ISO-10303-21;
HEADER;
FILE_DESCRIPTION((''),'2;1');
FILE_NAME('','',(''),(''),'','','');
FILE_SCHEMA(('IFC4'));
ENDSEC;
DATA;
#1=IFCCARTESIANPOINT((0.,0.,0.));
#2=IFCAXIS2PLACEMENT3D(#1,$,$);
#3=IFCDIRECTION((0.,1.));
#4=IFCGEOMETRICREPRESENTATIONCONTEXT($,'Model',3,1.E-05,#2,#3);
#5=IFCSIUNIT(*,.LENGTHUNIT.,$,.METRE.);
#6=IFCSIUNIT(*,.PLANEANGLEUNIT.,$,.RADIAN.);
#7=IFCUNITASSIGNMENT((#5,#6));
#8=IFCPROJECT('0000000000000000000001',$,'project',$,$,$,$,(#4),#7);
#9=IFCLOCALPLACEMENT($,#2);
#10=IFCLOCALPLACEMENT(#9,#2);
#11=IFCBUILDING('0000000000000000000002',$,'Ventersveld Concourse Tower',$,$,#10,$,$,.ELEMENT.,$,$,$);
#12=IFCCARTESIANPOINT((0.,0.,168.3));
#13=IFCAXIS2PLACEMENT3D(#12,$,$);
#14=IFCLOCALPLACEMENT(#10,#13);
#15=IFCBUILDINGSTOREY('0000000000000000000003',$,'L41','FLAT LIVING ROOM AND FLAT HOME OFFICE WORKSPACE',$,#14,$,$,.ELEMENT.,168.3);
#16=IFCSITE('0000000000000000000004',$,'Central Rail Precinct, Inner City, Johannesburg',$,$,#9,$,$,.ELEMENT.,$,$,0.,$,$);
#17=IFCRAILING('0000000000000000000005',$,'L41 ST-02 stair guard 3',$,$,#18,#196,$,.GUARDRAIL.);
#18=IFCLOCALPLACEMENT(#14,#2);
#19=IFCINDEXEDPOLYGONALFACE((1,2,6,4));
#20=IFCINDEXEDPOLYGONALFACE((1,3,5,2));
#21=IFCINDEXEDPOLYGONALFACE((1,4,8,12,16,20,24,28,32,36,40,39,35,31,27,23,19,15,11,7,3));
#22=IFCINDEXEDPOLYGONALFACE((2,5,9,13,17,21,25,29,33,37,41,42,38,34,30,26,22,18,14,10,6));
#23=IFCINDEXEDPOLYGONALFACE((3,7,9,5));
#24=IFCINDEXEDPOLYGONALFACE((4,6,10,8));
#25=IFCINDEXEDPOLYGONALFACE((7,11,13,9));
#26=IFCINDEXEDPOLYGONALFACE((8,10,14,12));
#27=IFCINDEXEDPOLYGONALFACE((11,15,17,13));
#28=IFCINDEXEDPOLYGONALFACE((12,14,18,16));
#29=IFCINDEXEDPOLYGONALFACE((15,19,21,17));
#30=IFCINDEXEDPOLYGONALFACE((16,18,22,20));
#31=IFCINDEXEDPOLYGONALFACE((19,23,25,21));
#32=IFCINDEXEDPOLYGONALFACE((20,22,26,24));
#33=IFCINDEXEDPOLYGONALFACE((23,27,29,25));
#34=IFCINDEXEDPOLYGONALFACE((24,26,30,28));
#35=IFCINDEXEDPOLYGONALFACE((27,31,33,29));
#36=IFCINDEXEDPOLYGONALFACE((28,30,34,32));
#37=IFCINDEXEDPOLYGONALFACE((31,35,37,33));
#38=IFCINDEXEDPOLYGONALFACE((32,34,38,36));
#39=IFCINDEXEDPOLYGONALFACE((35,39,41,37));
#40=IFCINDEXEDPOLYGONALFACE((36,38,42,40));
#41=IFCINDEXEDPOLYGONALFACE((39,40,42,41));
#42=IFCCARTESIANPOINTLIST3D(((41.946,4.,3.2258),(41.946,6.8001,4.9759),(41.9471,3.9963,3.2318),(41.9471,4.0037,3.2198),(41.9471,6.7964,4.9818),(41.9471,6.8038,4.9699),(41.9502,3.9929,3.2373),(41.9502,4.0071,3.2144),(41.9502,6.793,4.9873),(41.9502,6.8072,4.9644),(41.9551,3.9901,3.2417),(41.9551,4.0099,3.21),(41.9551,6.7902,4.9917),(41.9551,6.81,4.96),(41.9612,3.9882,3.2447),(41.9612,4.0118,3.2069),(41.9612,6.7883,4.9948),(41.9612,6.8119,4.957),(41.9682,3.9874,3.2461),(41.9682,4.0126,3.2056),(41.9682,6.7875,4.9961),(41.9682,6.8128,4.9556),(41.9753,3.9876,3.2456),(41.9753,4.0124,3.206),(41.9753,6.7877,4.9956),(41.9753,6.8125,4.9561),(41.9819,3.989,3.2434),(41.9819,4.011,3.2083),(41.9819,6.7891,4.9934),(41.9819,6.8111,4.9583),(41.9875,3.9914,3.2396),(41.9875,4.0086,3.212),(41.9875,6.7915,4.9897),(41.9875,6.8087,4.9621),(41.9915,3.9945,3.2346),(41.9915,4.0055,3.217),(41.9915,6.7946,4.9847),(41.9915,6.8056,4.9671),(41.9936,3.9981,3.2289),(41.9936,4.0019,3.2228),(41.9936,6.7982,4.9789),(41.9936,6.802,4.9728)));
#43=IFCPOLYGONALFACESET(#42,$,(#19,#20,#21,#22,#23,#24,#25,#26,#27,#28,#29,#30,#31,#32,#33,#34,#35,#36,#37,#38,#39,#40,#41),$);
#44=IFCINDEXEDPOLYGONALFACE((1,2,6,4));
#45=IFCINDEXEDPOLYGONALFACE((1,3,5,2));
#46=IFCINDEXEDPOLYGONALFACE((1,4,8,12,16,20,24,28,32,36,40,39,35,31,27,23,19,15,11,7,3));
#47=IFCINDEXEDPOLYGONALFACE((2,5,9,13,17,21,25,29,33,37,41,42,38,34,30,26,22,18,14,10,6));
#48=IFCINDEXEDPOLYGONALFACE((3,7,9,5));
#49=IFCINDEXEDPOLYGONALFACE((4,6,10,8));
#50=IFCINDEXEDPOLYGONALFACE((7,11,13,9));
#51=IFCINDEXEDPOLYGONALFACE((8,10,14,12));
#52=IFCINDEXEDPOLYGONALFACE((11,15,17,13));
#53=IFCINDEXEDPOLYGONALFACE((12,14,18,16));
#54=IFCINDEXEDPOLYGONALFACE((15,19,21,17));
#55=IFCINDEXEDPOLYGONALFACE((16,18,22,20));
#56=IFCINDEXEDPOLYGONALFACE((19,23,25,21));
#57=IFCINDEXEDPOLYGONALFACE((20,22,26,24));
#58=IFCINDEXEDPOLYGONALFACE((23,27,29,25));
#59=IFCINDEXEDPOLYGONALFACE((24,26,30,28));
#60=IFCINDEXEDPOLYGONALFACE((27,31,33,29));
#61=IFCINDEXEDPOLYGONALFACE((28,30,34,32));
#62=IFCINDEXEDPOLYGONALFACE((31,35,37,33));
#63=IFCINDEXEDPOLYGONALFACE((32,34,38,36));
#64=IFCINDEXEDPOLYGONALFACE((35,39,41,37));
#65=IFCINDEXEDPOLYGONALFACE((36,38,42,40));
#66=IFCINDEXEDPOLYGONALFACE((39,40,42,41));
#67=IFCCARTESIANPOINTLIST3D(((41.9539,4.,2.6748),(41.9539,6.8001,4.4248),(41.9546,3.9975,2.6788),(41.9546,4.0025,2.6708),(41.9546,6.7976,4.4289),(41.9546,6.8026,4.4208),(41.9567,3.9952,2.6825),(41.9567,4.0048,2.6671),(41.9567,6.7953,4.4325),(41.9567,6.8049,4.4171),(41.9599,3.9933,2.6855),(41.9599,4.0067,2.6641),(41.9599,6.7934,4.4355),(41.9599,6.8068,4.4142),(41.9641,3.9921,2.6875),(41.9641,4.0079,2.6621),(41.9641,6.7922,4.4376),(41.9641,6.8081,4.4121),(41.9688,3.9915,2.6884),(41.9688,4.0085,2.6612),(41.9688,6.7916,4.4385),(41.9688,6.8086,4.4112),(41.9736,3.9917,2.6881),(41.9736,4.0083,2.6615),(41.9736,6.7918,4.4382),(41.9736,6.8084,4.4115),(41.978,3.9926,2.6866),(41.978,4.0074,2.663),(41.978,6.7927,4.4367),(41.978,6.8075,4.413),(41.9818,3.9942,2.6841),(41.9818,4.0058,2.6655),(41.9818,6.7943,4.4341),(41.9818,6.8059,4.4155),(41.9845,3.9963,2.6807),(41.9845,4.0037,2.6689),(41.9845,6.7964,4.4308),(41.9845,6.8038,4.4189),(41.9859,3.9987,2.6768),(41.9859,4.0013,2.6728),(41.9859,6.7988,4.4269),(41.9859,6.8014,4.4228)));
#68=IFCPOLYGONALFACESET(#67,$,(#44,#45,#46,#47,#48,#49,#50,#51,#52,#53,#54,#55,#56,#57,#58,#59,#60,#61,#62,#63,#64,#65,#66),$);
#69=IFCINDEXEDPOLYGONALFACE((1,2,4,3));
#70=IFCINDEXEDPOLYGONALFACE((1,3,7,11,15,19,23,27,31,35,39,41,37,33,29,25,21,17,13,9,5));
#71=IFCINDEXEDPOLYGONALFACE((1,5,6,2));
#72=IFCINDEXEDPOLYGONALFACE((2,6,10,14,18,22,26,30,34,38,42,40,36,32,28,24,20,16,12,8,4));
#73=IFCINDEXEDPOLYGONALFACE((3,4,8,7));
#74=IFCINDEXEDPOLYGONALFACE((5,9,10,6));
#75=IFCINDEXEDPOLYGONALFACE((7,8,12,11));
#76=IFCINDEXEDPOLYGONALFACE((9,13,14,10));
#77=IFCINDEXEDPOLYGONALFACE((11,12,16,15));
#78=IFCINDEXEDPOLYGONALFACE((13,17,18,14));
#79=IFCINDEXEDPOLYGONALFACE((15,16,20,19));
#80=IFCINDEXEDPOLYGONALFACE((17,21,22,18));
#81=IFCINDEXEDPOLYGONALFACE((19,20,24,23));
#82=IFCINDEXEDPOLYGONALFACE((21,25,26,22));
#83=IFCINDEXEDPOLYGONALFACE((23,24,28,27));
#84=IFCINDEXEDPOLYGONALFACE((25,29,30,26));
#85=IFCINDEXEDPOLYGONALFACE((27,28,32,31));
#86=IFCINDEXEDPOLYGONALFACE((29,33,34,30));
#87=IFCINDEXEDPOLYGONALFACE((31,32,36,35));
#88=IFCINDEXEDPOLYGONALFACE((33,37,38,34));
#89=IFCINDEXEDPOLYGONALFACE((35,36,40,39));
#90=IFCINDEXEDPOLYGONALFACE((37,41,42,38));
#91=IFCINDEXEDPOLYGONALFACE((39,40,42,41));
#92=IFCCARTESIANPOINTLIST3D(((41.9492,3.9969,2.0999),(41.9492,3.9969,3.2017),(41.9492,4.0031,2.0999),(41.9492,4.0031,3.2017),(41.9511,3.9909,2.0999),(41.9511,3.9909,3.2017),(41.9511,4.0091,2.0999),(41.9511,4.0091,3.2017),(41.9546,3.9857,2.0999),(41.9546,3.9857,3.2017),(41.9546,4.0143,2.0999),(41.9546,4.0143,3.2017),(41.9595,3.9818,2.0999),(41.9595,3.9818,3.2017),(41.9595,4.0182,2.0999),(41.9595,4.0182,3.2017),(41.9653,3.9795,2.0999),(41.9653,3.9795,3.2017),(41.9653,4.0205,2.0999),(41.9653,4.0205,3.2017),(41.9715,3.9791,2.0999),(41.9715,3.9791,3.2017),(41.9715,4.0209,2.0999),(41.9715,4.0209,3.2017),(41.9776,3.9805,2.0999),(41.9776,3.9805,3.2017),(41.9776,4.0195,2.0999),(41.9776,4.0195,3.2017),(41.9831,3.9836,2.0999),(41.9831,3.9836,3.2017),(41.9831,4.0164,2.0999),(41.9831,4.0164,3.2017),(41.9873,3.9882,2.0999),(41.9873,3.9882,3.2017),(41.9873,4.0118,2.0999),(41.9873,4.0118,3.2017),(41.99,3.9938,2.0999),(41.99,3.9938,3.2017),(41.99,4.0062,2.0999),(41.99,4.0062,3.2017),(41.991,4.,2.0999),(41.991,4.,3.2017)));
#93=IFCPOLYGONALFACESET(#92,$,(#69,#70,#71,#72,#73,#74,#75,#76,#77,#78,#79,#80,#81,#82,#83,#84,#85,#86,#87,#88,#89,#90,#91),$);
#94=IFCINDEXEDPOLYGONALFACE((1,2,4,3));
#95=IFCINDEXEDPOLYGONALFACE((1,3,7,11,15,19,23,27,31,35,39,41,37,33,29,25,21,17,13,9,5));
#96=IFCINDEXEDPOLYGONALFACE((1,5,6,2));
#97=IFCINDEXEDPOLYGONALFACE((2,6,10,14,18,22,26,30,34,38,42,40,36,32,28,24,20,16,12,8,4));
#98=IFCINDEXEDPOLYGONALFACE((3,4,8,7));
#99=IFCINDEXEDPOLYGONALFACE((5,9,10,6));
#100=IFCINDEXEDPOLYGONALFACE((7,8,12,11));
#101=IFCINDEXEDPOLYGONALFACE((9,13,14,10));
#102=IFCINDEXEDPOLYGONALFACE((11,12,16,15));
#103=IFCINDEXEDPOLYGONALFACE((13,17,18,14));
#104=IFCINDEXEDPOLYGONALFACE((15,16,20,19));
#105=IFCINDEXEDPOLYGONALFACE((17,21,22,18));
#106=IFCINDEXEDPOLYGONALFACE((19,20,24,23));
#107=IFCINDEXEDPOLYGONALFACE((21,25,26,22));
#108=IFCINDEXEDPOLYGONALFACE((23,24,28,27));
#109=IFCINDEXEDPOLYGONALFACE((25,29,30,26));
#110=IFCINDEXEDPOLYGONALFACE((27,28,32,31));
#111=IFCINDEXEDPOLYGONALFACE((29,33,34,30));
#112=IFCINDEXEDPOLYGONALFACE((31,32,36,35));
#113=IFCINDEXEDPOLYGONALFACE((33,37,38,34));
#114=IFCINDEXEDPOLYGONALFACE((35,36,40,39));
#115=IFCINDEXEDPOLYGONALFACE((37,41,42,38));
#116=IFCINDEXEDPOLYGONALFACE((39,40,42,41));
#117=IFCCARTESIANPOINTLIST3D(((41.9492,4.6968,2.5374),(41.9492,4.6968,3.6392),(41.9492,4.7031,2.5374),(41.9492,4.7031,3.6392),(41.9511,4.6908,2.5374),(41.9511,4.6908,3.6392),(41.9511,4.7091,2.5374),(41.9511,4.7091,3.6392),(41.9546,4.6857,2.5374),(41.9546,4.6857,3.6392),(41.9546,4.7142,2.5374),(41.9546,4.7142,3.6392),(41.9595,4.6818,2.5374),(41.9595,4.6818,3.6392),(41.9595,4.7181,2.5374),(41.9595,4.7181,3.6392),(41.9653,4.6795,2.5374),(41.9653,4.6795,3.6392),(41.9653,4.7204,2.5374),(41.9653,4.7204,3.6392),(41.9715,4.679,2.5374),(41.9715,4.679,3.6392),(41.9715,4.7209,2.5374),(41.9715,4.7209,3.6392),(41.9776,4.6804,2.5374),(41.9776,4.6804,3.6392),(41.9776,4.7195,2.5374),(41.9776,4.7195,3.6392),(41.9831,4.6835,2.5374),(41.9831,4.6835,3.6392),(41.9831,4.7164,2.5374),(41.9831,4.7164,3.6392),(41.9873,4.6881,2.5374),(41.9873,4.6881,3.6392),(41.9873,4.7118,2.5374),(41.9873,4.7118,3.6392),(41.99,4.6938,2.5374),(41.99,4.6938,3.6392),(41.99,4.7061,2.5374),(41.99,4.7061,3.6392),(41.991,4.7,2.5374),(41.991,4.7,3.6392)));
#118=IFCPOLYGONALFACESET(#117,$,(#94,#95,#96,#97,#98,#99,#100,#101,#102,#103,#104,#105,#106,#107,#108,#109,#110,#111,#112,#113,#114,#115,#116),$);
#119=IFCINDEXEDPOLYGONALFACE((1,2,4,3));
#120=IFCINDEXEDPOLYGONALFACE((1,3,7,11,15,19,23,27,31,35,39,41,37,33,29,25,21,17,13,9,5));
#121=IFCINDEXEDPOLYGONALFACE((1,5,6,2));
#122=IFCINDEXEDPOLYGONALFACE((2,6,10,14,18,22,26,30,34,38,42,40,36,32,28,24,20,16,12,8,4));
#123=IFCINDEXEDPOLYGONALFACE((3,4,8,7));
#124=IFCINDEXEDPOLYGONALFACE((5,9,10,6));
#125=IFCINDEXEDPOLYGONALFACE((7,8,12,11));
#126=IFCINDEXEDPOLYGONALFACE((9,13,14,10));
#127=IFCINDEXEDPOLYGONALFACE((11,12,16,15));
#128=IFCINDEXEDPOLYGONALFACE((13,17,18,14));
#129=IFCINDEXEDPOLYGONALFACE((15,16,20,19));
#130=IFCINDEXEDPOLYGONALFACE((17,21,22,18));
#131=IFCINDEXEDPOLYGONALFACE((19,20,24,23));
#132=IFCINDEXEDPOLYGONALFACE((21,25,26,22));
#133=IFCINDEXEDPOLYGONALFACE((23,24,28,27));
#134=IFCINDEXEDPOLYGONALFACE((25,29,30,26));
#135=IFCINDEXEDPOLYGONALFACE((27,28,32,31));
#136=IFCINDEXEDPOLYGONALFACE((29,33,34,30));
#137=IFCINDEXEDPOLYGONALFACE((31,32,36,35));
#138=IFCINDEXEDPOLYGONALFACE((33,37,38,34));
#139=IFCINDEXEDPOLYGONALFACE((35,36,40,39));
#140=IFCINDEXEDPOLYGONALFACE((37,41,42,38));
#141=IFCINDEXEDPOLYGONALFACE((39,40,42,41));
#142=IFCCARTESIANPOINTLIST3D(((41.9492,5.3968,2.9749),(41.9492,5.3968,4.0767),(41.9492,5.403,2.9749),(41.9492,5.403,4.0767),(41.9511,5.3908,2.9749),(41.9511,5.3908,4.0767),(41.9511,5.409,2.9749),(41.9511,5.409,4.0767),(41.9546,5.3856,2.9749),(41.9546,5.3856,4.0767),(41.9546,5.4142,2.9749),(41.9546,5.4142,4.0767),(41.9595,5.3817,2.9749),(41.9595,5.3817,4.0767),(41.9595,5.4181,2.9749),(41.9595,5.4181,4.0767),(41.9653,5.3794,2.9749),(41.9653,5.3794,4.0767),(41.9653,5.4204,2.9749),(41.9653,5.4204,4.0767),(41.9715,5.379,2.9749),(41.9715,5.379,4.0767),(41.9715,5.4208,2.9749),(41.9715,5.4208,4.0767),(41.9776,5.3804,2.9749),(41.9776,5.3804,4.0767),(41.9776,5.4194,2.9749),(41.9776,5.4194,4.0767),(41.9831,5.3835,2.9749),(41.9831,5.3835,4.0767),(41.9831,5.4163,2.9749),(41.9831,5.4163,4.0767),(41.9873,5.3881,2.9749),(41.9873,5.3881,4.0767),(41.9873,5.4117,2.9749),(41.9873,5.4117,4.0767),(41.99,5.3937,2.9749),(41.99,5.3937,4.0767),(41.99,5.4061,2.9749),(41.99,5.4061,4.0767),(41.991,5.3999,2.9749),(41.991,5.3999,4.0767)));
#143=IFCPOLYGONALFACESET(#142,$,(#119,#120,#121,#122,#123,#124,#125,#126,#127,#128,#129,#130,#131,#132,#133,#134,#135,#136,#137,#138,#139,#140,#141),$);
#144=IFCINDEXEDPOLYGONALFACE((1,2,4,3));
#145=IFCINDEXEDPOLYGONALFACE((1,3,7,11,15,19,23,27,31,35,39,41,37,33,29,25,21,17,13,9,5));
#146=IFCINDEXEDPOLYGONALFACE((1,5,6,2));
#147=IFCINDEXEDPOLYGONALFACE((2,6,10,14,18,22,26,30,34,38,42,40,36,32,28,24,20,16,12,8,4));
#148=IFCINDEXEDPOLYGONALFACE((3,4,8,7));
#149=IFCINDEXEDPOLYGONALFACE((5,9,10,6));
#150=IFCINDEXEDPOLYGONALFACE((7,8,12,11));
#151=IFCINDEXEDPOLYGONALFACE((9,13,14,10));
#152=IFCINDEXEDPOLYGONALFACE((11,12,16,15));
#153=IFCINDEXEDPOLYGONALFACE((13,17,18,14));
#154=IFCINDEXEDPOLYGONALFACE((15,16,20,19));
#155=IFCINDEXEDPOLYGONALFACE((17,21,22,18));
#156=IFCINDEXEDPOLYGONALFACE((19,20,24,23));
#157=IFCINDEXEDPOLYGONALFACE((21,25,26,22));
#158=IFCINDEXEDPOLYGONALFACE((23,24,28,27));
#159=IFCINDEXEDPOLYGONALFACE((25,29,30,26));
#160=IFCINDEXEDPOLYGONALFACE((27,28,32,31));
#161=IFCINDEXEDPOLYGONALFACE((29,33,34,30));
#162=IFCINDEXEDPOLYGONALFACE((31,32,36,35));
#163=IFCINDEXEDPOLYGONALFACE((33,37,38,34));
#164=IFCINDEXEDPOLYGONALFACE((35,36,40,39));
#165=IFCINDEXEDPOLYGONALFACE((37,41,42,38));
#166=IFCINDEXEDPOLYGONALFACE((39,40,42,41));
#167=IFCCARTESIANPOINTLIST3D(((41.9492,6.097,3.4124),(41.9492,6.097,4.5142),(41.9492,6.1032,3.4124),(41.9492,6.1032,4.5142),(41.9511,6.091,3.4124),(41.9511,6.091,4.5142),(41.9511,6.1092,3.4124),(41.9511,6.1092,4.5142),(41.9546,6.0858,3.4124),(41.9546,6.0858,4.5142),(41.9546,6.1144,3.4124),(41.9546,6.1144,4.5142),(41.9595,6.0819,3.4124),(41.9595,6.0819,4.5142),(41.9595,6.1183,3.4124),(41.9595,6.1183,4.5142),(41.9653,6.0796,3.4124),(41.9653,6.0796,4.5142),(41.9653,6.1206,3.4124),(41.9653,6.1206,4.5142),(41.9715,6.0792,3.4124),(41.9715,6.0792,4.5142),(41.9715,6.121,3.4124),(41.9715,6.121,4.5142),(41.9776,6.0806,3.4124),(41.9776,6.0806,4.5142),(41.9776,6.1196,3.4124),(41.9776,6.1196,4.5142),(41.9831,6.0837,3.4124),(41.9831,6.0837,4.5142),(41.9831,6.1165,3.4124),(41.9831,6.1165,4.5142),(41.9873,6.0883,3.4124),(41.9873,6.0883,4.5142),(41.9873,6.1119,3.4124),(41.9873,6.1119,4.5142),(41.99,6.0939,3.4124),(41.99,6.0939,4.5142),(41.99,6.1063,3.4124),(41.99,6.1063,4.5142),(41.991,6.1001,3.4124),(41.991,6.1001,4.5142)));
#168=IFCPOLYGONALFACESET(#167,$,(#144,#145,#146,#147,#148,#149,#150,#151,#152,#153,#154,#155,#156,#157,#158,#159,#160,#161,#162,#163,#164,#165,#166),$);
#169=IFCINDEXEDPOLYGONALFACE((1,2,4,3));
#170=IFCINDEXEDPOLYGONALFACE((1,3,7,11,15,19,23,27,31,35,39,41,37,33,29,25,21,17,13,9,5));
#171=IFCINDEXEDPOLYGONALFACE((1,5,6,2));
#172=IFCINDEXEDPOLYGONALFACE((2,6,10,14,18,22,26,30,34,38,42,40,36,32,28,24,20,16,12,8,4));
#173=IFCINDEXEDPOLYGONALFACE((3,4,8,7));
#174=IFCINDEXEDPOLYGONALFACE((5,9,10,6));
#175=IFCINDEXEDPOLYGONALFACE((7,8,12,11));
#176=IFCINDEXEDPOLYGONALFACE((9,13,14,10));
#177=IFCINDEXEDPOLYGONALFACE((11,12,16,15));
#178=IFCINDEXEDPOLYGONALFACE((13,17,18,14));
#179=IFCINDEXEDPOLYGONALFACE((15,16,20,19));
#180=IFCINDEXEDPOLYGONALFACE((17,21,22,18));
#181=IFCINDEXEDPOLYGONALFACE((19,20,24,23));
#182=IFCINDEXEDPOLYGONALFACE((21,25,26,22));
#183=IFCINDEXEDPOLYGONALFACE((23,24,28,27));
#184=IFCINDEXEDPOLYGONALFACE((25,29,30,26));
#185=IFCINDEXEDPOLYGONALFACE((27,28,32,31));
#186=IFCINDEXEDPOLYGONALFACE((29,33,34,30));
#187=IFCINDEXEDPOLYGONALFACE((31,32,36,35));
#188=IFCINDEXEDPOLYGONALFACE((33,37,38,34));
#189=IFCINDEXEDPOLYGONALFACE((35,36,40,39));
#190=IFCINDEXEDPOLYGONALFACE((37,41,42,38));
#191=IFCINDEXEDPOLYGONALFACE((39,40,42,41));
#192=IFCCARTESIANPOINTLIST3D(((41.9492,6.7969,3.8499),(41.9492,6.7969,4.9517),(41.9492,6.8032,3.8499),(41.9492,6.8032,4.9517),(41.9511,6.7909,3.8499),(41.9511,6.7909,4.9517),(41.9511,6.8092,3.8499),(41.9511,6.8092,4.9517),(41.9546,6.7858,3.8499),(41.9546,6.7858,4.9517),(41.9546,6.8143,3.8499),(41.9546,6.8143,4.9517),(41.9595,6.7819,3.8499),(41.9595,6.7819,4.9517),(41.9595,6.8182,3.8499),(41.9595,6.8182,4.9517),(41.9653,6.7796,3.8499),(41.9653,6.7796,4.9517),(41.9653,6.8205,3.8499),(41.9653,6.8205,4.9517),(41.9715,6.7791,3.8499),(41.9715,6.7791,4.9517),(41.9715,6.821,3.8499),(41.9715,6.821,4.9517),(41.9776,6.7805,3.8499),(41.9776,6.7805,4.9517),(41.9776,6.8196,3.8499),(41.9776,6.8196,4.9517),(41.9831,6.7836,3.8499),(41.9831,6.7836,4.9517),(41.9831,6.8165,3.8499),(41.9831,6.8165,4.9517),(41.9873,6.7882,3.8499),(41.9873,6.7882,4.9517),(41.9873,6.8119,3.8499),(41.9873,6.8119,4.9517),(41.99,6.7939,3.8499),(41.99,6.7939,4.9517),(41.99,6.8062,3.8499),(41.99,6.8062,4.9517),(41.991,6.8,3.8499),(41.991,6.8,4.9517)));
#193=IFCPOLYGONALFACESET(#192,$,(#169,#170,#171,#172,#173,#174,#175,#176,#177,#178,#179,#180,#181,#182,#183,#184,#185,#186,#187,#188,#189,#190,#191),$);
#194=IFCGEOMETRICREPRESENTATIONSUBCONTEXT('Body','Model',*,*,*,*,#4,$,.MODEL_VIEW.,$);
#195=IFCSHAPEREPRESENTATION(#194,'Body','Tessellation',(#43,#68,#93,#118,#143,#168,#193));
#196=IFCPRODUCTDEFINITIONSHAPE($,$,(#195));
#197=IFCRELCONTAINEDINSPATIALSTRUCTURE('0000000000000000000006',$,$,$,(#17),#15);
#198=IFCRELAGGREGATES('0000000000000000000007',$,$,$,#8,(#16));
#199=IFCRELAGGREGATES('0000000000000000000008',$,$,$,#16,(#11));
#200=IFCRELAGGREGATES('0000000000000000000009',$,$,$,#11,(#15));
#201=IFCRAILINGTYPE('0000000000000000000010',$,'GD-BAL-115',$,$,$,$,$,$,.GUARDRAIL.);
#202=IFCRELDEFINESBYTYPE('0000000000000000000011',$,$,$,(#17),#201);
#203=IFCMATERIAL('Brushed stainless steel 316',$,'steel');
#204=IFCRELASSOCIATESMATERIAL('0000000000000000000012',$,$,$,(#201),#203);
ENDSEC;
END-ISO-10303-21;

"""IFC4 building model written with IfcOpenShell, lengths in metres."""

from ifc_helpers import new_model, si_unit, direction, frame, origin, origin_2d, place, context, subcontext, project, spatial, circle, extrude, material, type_object, element, save


model = new_model("IFC4")

# Units and contexts
model_context = context("Model", 3, precision=1e-05, world=origin(), true_north=direction((0.0, 1.0)))
body_context = subcontext(model_context, "Body", "Model", "MODEL_VIEW")
ifc_project = project(units=[si_unit("LENGTHUNIT", "METRE"), si_unit("PLANEANGLEUNIT", "RADIAN")], contexts=[model_context])

# Site, building, storey
site_placement = place(None, origin())
site = spatial("IfcSite", under=ifc_project, at=site_placement, Name="Central Rail Precinct, Inner City, Johannesburg", CompositionType="ELEMENT", RefElevation=0.0)
building_placement = place(site_placement, origin())
building = spatial("IfcBuilding", under=site, at=building_placement, Name="Ventersveld Concourse Tower", CompositionType="ELEMENT")
storey_placement = place(building_placement, frame((0.0, 0.0, 168.3)))
storey = spatial("IfcBuildingStorey", under=building, at=storey_placement, Name="L41", Description="FLAT LIVING ROOM AND FLAT HOME OFFICE WORKSPACE", CompositionType="ELEMENT", Elevation=168.3)

# Shared definitions
ifc_material_1 = material(Name="Brushed stainless steel 316", Category="steel")

# Railing
railing_type_1 = type_object("IfcRailingType", Name="GD-BAL-115", PredefinedType="GUARDRAIL", material=ifc_material_1)
railing_1_placement = place(storey_placement, frame((41.97, 4.0, 2.0999)))
element("IfcRailing", 1, at=railing_1_placement, inside=storey, type_object=railing_type_1, Name="L41 ST-02 stair guard 3", PredefinedType="GUARDRAIL", context=body_context, shape_type="SweptSolid", body=[
    extrude(circle(Radius=0.0239, at=origin_2d()), frame((0.0, 0.0, 1.126), z_axis=(0.0, 0.848002, 0.529992), x_axis=(-1.0, 0.0, 0.0)), (0.0, 0.0, 1.0), 3.302),
    extrude(circle(Radius=0.0161, at=origin_2d()), frame((0.0, 0.0, 0.575), z_axis=(0.0, 0.848002, 0.529992), x_axis=(-1.0, 0.0, 0.0)), (0.0, 0.0, 1.0), 3.302),
    extrude(circle(Radius=0.021, at=origin_2d()), origin(), (0.0, 0.0, 1.0), 1.1018),
    extrude(circle(Radius=0.021, at=origin_2d()), frame((0.0, 0.7, 0.4375)), (0.0, 0.0, 1.0), 1.1018),
    extrude(circle(Radius=0.021, at=origin_2d()), frame((0.0, 1.3999, 0.875)), (0.0, 0.0, 1.0), 1.1018),
    extrude(circle(Radius=0.021, at=origin_2d()), frame((0.0, 2.1001, 1.3125)), (0.0, 0.0, 1.0), 1.1018),
    extrude(circle(Radius=0.021, at=origin_2d()), frame((0.0, 2.8, 1.75)), (0.0, 0.0, 1.0), 1.1018),
])

save(model, "model.ifc")
